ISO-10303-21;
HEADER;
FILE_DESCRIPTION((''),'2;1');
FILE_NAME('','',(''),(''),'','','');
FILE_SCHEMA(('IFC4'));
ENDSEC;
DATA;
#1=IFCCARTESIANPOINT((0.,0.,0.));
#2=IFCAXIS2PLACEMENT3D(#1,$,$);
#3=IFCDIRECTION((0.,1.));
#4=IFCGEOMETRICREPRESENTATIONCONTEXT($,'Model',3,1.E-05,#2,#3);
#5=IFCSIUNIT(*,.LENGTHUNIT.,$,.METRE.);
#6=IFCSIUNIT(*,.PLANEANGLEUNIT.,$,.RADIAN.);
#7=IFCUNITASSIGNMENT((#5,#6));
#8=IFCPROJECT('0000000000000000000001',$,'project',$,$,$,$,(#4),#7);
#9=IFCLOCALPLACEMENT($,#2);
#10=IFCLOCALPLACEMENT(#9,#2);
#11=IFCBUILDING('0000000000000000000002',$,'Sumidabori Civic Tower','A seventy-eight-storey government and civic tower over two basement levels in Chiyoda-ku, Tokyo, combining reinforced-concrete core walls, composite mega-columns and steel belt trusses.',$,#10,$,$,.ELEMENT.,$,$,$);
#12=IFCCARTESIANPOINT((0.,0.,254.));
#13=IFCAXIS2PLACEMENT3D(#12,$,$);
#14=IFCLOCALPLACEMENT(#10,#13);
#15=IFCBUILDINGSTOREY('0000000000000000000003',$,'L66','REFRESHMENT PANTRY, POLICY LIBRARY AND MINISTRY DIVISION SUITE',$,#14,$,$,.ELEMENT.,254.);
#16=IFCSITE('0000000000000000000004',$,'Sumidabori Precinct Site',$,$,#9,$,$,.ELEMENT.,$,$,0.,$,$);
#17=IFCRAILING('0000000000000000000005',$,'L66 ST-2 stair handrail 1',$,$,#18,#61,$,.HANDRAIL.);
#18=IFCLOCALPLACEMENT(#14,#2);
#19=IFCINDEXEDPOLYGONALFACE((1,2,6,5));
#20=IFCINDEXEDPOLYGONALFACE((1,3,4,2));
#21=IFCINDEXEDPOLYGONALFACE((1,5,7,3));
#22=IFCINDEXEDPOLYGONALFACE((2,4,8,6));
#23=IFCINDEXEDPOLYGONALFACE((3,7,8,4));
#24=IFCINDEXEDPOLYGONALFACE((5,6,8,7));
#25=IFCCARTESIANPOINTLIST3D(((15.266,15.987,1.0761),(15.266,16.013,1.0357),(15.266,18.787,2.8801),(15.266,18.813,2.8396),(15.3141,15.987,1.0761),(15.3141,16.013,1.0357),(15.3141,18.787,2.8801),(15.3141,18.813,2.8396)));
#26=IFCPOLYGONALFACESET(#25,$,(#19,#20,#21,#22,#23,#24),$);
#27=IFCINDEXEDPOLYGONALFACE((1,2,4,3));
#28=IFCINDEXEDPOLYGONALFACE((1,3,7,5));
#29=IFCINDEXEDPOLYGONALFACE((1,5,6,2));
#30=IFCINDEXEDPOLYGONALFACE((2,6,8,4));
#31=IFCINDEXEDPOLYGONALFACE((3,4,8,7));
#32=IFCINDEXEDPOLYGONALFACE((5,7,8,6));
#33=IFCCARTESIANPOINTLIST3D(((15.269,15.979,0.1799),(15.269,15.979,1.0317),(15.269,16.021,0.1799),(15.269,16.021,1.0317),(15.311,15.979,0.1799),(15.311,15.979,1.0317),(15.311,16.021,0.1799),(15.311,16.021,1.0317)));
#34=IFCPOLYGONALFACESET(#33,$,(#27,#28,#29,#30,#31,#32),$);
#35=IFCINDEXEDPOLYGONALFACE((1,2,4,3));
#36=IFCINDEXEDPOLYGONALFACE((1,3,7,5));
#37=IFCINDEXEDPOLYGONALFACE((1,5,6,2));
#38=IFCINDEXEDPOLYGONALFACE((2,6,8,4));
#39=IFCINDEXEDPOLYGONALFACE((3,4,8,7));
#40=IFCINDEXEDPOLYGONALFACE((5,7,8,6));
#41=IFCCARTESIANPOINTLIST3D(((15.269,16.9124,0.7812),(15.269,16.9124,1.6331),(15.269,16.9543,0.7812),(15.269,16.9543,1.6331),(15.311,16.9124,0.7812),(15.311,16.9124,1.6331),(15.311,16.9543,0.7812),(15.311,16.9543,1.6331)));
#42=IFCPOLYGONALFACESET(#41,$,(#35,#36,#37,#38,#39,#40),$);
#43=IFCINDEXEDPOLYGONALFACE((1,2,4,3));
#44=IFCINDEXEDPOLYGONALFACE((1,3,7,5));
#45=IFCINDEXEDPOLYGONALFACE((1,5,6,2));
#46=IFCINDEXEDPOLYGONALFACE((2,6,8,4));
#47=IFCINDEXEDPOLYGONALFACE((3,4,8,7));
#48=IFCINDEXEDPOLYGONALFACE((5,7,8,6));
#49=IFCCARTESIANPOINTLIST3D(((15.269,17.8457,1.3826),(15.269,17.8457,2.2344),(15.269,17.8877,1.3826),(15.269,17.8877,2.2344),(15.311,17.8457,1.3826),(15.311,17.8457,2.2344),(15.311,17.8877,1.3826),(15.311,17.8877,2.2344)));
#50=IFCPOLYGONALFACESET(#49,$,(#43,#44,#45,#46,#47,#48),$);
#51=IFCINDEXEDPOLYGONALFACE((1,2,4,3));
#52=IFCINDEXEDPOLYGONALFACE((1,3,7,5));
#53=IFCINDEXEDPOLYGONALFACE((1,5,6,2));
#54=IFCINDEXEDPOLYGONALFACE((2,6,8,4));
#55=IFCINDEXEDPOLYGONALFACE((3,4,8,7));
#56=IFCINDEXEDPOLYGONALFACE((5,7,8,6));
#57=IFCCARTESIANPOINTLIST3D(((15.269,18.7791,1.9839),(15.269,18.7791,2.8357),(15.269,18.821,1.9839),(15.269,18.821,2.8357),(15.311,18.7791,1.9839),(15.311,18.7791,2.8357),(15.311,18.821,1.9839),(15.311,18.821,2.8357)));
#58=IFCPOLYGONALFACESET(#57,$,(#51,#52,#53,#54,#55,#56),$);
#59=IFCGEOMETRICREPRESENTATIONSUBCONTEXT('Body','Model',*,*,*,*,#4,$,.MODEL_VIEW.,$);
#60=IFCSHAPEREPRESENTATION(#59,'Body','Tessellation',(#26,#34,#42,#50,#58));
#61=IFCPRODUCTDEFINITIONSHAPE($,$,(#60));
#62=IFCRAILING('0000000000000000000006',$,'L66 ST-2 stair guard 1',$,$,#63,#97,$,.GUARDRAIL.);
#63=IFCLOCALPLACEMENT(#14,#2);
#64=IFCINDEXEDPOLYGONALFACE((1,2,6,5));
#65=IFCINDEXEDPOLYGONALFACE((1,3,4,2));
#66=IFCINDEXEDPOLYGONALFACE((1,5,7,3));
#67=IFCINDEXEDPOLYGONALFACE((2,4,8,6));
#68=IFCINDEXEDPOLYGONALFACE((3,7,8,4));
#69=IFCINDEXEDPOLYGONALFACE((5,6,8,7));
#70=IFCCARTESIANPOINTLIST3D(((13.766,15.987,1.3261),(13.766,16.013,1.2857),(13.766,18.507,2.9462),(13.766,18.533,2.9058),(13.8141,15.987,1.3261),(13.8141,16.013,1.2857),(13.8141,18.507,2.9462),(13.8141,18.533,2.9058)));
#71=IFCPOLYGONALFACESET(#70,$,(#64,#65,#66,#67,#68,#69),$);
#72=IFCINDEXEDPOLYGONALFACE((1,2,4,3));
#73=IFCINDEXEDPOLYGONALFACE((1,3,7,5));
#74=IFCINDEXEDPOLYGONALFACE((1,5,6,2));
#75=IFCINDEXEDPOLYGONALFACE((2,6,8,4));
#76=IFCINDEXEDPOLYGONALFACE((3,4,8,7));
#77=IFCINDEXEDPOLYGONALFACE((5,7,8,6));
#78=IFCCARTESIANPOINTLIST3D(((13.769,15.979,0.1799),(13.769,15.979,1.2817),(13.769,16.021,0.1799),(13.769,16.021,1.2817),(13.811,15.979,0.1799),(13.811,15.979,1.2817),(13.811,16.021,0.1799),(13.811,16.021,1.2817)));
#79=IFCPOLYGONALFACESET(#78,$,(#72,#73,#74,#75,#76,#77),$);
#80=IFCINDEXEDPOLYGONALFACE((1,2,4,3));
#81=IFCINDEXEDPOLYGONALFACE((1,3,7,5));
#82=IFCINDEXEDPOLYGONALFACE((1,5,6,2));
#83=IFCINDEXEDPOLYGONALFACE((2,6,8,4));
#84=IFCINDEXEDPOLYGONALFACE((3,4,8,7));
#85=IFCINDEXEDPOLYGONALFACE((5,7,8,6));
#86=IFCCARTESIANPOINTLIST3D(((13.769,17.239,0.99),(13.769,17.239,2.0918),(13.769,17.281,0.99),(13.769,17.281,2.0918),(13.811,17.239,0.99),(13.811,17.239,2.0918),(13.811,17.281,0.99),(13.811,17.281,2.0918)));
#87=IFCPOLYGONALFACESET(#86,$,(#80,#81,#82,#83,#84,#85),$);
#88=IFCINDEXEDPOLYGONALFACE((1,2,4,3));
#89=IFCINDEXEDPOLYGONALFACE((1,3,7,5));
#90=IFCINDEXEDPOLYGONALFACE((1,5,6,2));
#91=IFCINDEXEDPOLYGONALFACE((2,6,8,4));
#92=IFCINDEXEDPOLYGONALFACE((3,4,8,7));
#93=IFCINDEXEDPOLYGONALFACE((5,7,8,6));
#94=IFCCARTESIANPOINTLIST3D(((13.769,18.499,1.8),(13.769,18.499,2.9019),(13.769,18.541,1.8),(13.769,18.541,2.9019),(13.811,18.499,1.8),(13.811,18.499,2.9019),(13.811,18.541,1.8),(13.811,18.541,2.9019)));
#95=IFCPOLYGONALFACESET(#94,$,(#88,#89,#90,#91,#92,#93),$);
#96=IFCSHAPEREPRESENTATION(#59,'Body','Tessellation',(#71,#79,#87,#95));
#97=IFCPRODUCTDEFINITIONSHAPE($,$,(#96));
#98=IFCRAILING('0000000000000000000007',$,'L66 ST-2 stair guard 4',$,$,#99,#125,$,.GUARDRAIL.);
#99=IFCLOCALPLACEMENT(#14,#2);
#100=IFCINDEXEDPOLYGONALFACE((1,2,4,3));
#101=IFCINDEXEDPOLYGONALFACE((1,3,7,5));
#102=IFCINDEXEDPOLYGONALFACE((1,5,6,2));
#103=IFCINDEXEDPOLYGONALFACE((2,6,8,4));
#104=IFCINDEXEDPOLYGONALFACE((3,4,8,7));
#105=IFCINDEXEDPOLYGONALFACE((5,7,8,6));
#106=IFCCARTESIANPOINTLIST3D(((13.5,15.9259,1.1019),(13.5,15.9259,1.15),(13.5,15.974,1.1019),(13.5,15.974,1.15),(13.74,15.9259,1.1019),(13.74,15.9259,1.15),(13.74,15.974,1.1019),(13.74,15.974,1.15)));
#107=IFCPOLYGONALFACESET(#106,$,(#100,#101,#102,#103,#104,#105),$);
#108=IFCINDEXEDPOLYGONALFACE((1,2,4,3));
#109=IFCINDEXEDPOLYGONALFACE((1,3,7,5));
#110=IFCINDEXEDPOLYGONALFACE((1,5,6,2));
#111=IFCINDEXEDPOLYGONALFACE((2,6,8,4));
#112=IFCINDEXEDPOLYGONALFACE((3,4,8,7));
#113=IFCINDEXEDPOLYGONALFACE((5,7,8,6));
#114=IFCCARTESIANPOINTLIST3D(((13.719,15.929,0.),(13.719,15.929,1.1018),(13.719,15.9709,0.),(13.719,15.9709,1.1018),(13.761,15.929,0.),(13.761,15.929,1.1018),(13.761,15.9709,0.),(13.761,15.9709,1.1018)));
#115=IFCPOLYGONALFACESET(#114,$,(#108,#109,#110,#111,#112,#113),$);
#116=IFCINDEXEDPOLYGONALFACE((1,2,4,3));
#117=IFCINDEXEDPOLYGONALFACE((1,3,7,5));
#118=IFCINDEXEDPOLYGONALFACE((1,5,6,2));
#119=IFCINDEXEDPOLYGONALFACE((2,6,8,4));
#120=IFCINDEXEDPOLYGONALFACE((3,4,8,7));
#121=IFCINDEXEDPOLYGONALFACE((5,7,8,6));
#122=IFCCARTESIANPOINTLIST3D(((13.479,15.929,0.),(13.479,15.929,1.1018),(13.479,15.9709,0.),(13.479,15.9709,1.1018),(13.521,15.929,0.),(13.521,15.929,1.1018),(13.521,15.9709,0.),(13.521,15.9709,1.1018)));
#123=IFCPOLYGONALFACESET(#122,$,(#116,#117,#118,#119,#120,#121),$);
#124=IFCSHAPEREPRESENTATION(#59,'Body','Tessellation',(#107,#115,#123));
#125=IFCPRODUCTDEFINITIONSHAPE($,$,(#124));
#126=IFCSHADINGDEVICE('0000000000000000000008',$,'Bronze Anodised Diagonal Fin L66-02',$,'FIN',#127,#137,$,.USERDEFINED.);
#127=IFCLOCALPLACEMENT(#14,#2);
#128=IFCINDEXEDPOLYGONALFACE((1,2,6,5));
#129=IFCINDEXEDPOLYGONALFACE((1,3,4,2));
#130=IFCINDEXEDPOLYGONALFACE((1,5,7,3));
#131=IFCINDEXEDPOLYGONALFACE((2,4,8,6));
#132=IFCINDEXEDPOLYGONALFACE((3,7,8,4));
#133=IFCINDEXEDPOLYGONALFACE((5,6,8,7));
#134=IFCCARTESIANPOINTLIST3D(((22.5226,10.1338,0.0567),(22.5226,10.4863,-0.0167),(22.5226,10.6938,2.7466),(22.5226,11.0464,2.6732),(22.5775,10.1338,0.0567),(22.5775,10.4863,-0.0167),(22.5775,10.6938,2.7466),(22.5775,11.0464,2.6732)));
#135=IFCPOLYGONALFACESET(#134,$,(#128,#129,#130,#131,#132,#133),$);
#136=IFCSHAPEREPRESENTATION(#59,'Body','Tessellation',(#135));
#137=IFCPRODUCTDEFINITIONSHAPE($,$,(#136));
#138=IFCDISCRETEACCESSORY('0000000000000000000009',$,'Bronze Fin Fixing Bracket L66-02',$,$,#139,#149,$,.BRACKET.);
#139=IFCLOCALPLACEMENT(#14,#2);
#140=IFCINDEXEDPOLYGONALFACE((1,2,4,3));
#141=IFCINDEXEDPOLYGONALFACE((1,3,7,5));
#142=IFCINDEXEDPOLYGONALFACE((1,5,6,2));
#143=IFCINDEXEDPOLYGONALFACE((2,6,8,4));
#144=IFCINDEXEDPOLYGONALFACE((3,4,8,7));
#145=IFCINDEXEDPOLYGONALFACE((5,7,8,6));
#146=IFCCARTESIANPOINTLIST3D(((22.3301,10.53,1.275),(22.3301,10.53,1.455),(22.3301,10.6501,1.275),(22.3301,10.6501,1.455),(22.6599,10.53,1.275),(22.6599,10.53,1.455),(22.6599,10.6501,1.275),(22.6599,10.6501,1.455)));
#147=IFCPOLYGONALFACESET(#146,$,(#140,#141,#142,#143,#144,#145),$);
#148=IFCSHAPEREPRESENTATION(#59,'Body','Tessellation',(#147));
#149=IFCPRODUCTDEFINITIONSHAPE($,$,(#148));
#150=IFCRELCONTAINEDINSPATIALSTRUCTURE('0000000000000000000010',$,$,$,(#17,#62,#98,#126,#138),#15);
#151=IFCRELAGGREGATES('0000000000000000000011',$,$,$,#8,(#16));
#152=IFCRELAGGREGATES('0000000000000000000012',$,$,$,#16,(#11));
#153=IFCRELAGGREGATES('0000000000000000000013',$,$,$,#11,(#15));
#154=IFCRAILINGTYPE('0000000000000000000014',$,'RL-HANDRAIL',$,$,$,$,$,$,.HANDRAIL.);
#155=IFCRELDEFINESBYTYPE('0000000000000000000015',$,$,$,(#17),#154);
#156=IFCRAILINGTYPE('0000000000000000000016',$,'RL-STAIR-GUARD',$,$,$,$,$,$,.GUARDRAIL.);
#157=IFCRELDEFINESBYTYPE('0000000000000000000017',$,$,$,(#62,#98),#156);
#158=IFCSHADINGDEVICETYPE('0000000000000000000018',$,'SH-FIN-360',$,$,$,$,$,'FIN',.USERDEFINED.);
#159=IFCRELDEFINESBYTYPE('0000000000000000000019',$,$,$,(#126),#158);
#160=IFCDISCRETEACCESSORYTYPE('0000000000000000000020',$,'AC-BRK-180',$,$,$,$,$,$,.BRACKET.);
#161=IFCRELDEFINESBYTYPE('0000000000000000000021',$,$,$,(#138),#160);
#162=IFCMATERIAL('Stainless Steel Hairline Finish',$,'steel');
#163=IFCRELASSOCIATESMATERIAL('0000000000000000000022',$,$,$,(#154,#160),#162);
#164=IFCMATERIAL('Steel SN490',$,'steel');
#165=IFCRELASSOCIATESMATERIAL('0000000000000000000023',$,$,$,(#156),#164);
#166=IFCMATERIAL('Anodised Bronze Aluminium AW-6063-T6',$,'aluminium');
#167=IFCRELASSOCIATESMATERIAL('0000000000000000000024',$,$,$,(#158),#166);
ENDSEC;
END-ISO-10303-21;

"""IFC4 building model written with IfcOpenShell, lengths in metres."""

from ifc_helpers import new_model, si_unit, direction, frame, origin, origin_2d, place, context, subcontext, project, spatial, rectangle, extrude, source, transform, mapped, material, material_profile, profile_set, type_object, element, save


model = new_model("IFC4")

# Units and contexts
model_context = context("Model", 3, precision=1e-05, world=origin(), true_north=direction((0.0, 1.0)))
body_context = subcontext(model_context, "Body", "Model", "MODEL_VIEW")
ifc_project = project(units=[si_unit("LENGTHUNIT", "METRE"), si_unit("PLANEANGLEUNIT", "RADIAN")], contexts=[model_context])

# Site, building, storey
site_placement = place(None, origin())
site = spatial("IfcSite", under=ifc_project, at=site_placement, Name="Sumidabori Precinct Site", CompositionType="ELEMENT", RefElevation=0.0)
building_placement = place(site_placement, origin())
building = spatial("IfcBuilding", under=site, at=building_placement, Name="Sumidabori Civic Tower", Description="A seventy-eight-storey government and civic tower over two basement levels in Chiyoda-ku, Tokyo, combining reinforced-concrete core walls, composite mega-columns and steel belt trusses.", CompositionType="ELEMENT")
storey_placement = place(building_placement, frame((0.0, 0.0, 254.0)))
storey = spatial("IfcBuildingStorey", under=building, at=storey_placement, Name="L66", Description="REFRESHMENT PANTRY, POLICY LIBRARY AND MINISTRY DIVISION SUITE", CompositionType="ELEMENT", Elevation=254.0)

# Shared definitions
ifc_material_1 = material(Name="Steel SN490", Category="steel")

# Shared definitions
ifc_material_2 = material(Name="Anodised Bronze Aluminium AW-6063-T6", Category="aluminium")

# Shared definitions
ifc_material_3 = material(Name="Stainless Steel Hairline Finish", Category="steel")

# Railings
railing_type_1 = type_object("IfcRailingType", Name="RL-HANDRAIL", PredefinedType="HANDRAIL", material=ifc_material_3)
railing_1_placement = place(storey_placement, frame((15.29, 16.0, 0.1799)))
element("IfcRailing", 1, at=railing_1_placement, inside=storey, type_object=railing_type_1, Name="L66 ST-2 stair handrail 1", PredefinedType="HANDRAIL", context=body_context, shape_type="SweptSolid", body=[
    extrude(rectangle(XDim=0.0481, YDim=0.0481, at=origin_2d()), frame((0.0, 0.0, 0.876), z_axis=(0.0, 0.840642, 0.541591), x_axis=(-1.0, 0.0, 0.0)), (0.0, 0.0, 1.0), 3.3308),
    extrude(rectangle(XDim=0.042, YDim=0.042, at=origin_2d()), origin(), (0.0, 0.0, 1.0), 0.8518),
    extrude(rectangle(XDim=0.042, YDim=0.042, at=origin_2d()), frame((0.0, 0.9333, 0.6013)), (0.0, 0.0, 1.0), 0.8518),
    extrude(rectangle(XDim=0.042, YDim=0.042, at=origin_2d()), frame((0.0, 1.8667, 1.2026)), (0.0, 0.0, 1.0), 0.8518),
    extrude(rectangle(XDim=0.042, YDim=0.042, at=origin_2d()), frame((0.0, 2.8, 1.804)), (0.0, 0.0, 1.0), 0.8518),
])
railing_type_2 = type_object("IfcRailingType", Name="RL-STAIR-GUARD", PredefinedType="GUARDRAIL", material=ifc_material_1)
railing_2_placement = place(storey_placement, frame((13.79, 16.0, 0.1799)))
element("IfcRailing", 2, at=railing_2_placement, inside=storey, type_object=railing_type_2, Name="L66 ST-2 stair guard 1", PredefinedType="GUARDRAIL", context=body_context, shape_type="SweptSolid", body=[
    extrude(rectangle(XDim=0.0481, YDim=0.0481, at=origin_2d()), frame((0.0, 0.0, 1.126), z_axis=(0.0, 0.841163, 0.540782), x_axis=(-1.0, 0.0, 0.0)), (0.0, 0.0, 1.0), 2.9958),
    extrude(rectangle(XDim=0.042, YDim=0.042, at=origin_2d()), origin(), (0.0, 0.0, 1.0), 1.1018),
    extrude(rectangle(XDim=0.042, YDim=0.042, at=origin_2d()), frame((0.0, 1.26, 0.8101)), (0.0, 0.0, 1.0), 1.1018),
    extrude(rectangle(XDim=0.042, YDim=0.042, at=origin_2d()), frame((0.0, 2.52, 1.6201)), (0.0, 0.0, 1.0), 1.1018),
])
railing_3_placement = place(storey_placement, frame((13.74, 15.95, 0.0)))
element("IfcRailing", 3, at=railing_3_placement, inside=storey, type_object=railing_type_2, Name="L66 ST-2 stair guard 4", PredefinedType="GUARDRAIL", context=body_context, shape_type="SweptSolid", body=[
    extrude(rectangle(XDim=0.0481, YDim=0.0481, at=origin_2d()), frame((0.0, 0.0, 1.126), z_axis=(-1.0, 0.0, 0.0), x_axis=(0.0, -1.0, 0.0)), (0.0, 0.0, 1.0), 0.24),
    extrude(rectangle(XDim=0.042, YDim=0.042, at=origin_2d()), origin(), (0.0, 0.0, 1.0), 1.1018),
    extrude(rectangle(XDim=0.042, YDim=0.042, at=origin_2d()), frame((-0.24, 0.0, 0.0)), (0.0, 0.0, 1.0), 1.1018),
])

# Shading device
ifc_material_profile_1 = material_profile(ifc_material_2, rectangle(XDim=0.0549, YDim=0.3601, at=origin_2d()), Name="BRONZE FIN 360x55")
ifc_profile_set_1 = profile_set([ifc_material_profile_1], Name="Anodised Bronze Aluminium AW-6063-T6")
shading_device_type = type_object("IfcShadingDeviceType", Name="SH-FIN-360", ElementType="FIN", PredefinedType="USERDEFINED", material=ifc_profile_set_1)
shared_shape_1 = source(origin(), body_context, "Body", "SweptSolid", [
    extrude(rectangle(XDim=0.0549, YDim=0.3601, at=origin_2d()), origin(), (0.0, 0.0, 1.0), 2.7476),
])
shading_device_placement = place(storey_placement, frame((22.55, 10.3101, 0.02), z_axis=(0.0, 0.203834, 0.979006), x_axis=(-1.0, 0.0, 0.0)))
element("IfcShadingDevice", 4, at=shading_device_placement, inside=storey, type_object=shading_device_type, Name="Bronze Anodised Diagonal Fin L66-02", ObjectType="FIN", PredefinedType="USERDEFINED", context=body_context, shape_type="MappedRepresentation", body=[
    mapped(shared_shape_1, transform((0.0, 0.0, 0.0), x_axis=(1.0, 0.0, 0.0), y_axis=(0.0, 1.0, 0.0), z_axis=(0.0, 0.0, 1.0), scale=1.0)),
])

# Discrete accessory
ifc_material_profile_2 = material_profile(ifc_material_3, rectangle(XDim=0.1201, YDim=0.1799, at=origin_2d()), Name="STEEL BRACKET 180x120")
ifc_profile_set_2 = profile_set([ifc_material_profile_2], Name="Stainless Steel Hairline Finish")
discrete_accessory_type = type_object("IfcDiscreteAccessoryType", Name="AC-BRK-180", PredefinedType="BRACKET", material=ifc_profile_set_2)
shared_shape_2 = source(origin(), body_context, "Body", "SweptSolid", [
    extrude(rectangle(XDim=0.1201, YDim=0.1799, at=origin_2d()), origin(), (0.0, 0.0, 1.0), 0.3298),
])
discrete_accessory_placement = place(storey_placement, frame((22.3301, 10.5901, 1.365), z_axis=(1.0, 0.0, 0.0), x_axis=(0.0, 1.0, 0.0)))
element("IfcDiscreteAccessory", 5, at=discrete_accessory_placement, inside=storey, type_object=discrete_accessory_type, Name="Bronze Fin Fixing Bracket L66-02", PredefinedType="BRACKET", context=body_context, shape_type="MappedRepresentation", body=[
    mapped(shared_shape_2, transform((0.0, 0.0, 0.0), x_axis=(1.0, 0.0, 0.0), y_axis=(0.0, 1.0, 0.0), z_axis=(0.0, 0.0, 1.0), scale=1.0)),
])

save(model, "model.ifc")
